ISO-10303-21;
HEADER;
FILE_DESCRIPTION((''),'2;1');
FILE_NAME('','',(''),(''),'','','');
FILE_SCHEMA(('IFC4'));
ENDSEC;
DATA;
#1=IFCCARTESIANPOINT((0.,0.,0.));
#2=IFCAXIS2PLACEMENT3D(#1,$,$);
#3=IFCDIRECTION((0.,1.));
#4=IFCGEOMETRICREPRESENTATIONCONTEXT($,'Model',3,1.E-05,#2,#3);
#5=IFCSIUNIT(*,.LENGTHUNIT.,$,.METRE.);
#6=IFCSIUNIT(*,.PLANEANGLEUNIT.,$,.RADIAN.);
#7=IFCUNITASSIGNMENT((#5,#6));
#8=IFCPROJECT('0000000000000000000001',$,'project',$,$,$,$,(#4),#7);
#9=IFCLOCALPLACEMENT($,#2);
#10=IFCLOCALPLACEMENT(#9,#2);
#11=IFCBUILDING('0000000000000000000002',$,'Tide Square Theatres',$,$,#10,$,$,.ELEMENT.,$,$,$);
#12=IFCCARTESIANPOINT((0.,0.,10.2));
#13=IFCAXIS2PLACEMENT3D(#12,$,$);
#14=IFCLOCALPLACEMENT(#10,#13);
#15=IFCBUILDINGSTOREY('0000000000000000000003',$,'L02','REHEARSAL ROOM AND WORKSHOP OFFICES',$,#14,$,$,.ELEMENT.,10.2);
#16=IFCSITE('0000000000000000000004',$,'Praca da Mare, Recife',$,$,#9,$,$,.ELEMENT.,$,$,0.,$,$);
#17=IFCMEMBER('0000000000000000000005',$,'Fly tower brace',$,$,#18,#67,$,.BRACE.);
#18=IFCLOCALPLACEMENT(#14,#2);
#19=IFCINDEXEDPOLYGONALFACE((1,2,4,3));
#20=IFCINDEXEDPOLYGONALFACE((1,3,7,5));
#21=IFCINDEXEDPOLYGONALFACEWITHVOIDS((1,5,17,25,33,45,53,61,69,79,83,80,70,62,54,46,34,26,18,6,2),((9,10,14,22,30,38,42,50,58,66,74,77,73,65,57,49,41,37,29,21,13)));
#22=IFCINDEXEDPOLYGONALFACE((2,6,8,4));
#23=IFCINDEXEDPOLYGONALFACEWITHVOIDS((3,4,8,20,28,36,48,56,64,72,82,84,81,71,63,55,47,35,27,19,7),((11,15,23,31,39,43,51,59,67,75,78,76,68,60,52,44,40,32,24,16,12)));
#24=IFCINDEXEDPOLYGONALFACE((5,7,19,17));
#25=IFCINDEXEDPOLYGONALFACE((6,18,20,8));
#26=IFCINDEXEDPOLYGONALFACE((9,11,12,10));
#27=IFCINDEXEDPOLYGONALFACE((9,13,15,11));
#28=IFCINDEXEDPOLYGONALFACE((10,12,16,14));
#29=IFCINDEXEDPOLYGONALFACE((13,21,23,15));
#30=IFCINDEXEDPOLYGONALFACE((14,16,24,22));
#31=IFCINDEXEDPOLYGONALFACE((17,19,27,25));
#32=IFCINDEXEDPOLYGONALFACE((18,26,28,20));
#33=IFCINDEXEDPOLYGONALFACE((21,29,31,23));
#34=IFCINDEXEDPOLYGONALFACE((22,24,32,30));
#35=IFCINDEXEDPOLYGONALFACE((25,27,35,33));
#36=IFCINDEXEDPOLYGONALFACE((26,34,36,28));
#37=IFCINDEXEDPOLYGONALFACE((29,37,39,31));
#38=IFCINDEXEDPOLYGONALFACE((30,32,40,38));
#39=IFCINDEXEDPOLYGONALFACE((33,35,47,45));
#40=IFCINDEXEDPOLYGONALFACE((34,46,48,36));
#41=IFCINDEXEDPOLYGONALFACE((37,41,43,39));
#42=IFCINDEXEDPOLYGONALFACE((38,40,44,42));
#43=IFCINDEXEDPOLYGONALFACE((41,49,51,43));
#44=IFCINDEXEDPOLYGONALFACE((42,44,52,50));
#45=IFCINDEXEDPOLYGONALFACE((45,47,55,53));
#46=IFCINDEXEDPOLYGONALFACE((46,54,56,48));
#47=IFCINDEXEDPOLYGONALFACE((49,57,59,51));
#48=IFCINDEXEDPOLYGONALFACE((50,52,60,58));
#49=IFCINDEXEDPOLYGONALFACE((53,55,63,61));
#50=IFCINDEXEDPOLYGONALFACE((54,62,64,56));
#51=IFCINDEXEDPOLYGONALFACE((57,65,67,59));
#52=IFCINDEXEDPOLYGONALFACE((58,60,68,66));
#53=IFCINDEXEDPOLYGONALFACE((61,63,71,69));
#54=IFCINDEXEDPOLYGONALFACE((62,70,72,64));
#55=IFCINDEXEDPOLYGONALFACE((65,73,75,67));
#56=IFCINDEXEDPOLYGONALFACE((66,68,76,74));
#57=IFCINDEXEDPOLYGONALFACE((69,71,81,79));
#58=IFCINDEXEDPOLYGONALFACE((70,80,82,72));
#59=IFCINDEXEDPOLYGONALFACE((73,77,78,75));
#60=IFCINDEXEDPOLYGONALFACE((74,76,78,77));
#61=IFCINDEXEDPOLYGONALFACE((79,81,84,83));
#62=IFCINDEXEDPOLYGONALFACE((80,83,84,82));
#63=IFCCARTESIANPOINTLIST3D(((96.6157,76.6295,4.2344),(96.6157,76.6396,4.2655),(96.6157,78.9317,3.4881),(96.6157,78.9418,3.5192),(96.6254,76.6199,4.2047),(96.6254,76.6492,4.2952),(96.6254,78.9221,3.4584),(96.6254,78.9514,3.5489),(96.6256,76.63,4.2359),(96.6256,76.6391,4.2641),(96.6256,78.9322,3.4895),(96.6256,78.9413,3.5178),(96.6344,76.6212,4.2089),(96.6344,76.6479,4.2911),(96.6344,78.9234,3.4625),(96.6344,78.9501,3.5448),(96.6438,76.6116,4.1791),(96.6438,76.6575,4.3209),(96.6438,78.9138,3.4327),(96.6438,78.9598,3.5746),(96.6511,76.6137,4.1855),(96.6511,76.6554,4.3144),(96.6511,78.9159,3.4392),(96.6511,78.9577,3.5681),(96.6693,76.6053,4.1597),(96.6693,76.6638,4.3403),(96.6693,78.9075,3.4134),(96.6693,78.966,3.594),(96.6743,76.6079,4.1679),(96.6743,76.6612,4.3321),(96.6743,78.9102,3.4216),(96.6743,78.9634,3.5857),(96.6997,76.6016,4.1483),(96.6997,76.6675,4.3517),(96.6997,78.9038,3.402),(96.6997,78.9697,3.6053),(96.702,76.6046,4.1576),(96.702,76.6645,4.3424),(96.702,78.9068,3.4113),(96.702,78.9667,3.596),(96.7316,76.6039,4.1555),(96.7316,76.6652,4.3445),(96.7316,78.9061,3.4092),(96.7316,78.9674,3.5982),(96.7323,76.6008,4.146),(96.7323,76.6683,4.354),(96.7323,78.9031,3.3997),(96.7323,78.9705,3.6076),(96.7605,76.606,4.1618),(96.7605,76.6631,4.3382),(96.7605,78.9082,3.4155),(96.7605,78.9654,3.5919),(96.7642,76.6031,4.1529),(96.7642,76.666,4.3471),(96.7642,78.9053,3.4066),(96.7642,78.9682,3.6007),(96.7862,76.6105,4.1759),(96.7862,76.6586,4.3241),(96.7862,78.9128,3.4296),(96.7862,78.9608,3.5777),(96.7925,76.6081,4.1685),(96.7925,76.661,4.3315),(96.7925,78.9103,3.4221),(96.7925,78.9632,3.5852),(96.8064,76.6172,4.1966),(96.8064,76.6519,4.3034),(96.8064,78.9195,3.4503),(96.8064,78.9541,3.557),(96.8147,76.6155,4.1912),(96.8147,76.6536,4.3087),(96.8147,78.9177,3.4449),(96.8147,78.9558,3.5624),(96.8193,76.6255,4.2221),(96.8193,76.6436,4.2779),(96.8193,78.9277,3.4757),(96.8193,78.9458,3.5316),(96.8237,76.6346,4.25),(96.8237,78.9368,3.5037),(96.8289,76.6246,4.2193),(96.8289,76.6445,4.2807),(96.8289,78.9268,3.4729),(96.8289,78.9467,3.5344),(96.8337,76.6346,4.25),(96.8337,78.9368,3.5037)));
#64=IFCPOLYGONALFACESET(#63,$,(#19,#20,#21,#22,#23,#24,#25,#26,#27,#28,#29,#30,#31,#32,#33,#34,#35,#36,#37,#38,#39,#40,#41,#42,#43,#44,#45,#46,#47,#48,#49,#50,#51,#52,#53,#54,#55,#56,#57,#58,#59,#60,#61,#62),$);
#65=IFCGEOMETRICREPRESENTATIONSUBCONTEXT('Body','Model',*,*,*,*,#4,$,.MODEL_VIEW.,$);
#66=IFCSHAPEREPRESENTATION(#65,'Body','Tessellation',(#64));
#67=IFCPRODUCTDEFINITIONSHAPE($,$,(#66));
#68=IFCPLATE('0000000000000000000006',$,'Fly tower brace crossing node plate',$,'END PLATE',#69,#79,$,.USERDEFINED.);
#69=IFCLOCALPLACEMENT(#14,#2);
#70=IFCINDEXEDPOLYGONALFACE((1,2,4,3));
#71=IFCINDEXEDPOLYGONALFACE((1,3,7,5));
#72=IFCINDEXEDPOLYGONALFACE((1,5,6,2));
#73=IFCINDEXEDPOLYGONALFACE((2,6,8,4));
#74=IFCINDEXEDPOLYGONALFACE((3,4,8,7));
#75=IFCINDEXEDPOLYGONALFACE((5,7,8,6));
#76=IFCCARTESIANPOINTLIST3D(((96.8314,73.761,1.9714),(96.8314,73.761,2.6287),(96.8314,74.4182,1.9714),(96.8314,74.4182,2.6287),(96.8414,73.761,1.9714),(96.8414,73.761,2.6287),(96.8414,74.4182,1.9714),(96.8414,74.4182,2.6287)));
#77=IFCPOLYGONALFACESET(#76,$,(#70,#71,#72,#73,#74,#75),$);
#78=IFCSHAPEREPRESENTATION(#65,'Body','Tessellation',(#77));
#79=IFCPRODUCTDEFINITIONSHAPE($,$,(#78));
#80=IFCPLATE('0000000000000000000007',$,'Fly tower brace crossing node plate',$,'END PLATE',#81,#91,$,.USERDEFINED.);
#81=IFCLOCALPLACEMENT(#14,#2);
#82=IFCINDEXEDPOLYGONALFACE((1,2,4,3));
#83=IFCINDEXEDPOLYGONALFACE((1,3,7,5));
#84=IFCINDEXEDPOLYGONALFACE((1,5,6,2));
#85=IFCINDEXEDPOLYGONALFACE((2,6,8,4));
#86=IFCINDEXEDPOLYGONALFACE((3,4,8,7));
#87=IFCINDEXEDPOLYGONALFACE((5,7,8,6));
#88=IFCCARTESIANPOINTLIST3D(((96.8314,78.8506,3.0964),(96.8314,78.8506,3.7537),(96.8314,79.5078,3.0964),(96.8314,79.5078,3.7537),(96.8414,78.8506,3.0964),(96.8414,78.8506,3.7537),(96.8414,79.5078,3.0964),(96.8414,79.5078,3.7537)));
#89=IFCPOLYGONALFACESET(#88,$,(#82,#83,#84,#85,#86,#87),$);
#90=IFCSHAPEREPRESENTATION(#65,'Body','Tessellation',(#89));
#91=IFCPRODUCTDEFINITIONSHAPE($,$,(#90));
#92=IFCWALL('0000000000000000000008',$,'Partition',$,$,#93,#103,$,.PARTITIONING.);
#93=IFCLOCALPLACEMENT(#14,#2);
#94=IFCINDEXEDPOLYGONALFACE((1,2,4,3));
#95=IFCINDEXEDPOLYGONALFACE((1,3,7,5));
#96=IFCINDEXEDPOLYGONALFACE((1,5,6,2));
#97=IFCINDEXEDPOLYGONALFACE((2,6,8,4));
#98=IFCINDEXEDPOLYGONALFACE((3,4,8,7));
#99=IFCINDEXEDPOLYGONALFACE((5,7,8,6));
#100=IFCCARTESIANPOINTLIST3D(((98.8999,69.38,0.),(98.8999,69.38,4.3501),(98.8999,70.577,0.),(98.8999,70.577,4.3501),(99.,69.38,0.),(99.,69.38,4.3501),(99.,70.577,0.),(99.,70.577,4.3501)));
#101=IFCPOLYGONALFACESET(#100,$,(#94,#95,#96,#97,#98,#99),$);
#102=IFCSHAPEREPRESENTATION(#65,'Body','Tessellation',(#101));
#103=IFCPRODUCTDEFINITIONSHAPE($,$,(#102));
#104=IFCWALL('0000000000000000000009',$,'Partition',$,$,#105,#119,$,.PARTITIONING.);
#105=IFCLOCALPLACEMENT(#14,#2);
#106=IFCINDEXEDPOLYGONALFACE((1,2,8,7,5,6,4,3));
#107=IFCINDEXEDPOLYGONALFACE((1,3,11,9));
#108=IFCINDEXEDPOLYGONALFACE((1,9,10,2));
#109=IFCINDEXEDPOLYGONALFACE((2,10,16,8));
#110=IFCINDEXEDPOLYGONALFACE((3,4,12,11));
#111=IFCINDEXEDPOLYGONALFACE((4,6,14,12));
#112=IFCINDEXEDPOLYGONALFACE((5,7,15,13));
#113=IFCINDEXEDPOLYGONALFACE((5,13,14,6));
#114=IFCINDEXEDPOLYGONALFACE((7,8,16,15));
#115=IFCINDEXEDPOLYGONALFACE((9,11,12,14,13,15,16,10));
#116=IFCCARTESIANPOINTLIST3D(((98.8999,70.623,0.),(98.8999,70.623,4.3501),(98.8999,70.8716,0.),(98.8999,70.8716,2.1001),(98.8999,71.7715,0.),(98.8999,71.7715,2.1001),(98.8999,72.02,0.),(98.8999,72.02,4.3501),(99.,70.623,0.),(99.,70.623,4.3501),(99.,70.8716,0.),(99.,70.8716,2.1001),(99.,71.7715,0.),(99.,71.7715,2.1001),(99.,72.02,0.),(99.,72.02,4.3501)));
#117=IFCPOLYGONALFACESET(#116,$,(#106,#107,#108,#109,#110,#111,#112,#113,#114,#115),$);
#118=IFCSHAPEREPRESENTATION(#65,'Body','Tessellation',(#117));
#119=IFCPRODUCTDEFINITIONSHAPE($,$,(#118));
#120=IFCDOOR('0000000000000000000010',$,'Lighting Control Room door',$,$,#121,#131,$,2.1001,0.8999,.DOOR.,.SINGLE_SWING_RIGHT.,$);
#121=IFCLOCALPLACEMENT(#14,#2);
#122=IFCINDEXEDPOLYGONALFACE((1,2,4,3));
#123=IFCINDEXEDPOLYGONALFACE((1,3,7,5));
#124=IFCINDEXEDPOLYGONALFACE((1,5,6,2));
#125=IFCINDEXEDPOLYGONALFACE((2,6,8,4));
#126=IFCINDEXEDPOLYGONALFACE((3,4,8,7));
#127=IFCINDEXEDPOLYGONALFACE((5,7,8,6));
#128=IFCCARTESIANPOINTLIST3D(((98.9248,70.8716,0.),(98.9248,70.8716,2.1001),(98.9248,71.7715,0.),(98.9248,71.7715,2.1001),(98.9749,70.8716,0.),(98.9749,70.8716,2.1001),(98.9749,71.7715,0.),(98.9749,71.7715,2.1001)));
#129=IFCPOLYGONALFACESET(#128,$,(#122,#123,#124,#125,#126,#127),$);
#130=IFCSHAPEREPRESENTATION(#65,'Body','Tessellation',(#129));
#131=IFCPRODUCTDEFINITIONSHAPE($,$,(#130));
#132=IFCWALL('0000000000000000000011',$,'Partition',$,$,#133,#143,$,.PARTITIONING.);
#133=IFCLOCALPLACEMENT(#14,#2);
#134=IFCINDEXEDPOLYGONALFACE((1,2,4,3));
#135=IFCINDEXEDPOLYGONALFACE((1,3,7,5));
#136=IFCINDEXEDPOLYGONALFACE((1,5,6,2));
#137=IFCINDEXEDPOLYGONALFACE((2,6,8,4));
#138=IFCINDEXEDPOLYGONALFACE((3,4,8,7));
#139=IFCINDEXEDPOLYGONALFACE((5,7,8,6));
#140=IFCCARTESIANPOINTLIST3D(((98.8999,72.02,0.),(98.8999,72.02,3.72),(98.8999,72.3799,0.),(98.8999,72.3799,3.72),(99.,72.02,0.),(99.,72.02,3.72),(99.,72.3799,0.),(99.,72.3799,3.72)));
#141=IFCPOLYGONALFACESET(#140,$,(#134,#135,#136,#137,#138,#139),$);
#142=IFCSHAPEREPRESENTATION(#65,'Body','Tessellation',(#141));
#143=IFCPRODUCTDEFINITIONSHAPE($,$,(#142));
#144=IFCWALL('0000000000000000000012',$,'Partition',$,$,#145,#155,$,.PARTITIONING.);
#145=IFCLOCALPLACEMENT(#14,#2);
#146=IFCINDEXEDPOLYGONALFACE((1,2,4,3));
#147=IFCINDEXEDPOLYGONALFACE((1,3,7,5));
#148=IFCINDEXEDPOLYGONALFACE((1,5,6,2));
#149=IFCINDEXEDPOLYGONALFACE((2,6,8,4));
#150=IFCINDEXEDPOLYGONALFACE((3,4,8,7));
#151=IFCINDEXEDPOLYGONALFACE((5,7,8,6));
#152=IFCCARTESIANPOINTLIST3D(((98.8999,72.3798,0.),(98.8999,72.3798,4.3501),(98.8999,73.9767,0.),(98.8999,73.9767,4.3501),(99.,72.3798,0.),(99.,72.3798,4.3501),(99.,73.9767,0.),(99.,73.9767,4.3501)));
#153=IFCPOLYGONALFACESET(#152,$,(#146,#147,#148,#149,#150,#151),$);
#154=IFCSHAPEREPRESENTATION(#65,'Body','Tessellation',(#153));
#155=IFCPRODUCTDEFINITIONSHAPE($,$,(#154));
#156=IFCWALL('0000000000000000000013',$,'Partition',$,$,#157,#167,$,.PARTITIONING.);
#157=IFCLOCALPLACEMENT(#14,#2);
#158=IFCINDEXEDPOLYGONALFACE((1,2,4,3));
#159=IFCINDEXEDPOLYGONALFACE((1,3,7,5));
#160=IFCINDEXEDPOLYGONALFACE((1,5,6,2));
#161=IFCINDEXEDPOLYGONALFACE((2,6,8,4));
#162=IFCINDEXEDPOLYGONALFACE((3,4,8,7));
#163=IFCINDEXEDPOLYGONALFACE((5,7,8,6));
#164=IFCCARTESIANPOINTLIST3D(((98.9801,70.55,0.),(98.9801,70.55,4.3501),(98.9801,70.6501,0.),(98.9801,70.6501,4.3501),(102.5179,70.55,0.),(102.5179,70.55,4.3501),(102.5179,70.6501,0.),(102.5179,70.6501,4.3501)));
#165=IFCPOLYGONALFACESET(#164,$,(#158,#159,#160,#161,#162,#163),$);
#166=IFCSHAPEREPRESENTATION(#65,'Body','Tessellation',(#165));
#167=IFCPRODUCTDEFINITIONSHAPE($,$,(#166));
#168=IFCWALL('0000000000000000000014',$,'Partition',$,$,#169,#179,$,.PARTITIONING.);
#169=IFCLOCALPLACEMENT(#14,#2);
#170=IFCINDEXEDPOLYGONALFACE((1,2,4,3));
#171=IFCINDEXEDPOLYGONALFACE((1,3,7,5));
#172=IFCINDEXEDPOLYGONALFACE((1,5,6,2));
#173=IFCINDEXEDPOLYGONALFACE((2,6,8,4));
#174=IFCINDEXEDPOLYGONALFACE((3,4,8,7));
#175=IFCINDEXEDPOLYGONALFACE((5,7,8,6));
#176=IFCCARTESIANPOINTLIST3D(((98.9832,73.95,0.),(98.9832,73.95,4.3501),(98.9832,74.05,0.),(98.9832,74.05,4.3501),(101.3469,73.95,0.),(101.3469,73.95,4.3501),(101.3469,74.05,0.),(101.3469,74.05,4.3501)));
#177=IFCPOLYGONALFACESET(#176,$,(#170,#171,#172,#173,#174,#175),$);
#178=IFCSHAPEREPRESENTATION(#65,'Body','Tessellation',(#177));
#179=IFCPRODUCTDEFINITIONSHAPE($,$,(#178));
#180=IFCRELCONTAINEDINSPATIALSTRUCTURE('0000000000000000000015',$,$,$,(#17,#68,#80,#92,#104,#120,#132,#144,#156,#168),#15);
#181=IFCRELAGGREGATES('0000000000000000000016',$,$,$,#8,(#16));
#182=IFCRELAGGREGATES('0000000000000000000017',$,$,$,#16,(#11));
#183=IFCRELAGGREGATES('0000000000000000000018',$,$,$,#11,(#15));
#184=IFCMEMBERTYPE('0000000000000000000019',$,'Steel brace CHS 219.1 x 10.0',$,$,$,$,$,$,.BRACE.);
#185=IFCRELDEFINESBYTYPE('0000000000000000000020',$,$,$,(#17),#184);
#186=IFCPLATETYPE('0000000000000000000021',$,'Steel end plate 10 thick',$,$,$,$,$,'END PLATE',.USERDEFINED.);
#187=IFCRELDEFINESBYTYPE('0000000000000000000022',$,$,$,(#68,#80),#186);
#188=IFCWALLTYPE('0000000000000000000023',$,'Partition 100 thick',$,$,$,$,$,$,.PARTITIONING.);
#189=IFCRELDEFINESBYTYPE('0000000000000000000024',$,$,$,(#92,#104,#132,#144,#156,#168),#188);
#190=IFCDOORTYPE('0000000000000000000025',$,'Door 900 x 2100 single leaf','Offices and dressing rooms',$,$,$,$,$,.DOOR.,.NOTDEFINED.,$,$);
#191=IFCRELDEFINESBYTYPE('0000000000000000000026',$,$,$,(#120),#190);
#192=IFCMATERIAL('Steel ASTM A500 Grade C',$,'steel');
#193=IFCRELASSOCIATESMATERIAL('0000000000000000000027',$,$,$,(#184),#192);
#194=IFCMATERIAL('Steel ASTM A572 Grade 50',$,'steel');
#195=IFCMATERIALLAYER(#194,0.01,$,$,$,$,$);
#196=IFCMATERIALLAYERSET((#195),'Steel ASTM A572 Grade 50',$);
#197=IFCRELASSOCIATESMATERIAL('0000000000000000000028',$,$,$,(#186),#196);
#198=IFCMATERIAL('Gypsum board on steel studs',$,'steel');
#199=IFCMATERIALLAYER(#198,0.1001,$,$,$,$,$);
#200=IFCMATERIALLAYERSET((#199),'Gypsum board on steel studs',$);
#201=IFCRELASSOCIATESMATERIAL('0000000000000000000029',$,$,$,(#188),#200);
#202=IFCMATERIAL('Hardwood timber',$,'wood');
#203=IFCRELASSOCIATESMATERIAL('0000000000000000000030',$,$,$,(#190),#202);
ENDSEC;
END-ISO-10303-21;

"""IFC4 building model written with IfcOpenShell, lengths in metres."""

from ifc_helpers import new_model, si_unit, direction, frame, frame_2d, origin, origin_2d, place, context, subcontext, project, spatial, rectangle, hollow_circle, extrude, material, layer, layer_set, material_profile, profile_set, type_object, element, fill, save


model = new_model("IFC4")

# Units and contexts
model_context = context("Model", 3, precision=1e-05, world=origin(), true_north=direction((0.0, 1.0)))
body_context = subcontext(model_context, "Body", "Model", "MODEL_VIEW")
ifc_project = project(units=[si_unit("LENGTHUNIT", "METRE"), si_unit("PLANEANGLEUNIT", "RADIAN")], contexts=[model_context])

# Site, building, storey
site_placement = place(None, origin())
site = spatial("IfcSite", under=ifc_project, at=site_placement, Name="Praca da Mare, Recife", CompositionType="ELEMENT", RefElevation=0.0)
building_placement = place(site_placement, origin())
building = spatial("IfcBuilding", under=site, at=building_placement, Name="Tide Square Theatres", CompositionType="ELEMENT")
storey_placement = place(building_placement, frame((0.0, 0.0, 10.2)))
storey = spatial("IfcBuildingStorey", under=building, at=storey_placement, Name="L02", Description="REHEARSAL ROOM AND WORKSHOP OFFICES", CompositionType="ELEMENT", Elevation=10.2)

# Member
ifc_material_1 = material(Name="Steel ASTM A500 Grade C", Category="steel")
ifc_material_profile_1 = material_profile(ifc_material_1, hollow_circle(Radius=0.1096, WallThickness=0.01, at=origin_2d()))
ifc_profile_set_1 = profile_set([ifc_material_profile_1], Name="Steel ASTM A500 Grade C")
member_type = type_object("IfcMemberType", Name="Steel brace CHS 219.1 x 10.0", PredefinedType="BRACE", material=ifc_profile_set_1)
member_1_placement = place(storey_placement, frame((96.7241, 78.9368, 3.5037), z_axis=(0.0, -0.951264, 0.308379), x_axis=(1.0, 0.0, 0.0)))
element("IfcMember", 1, at=member_1_placement, inside=storey, type_object=member_type, Name="Fly tower brace", PredefinedType="BRACE", context=body_context, shape_type="SweptSolid", body=[
    extrude(hollow_circle(Radius=0.1096, WallThickness=0.01, at=origin_2d()), origin(), (0.0, 0.0, 1.0), 2.4202),
])

# Plates
ifc_material_2 = material(Name="Steel ASTM A572 Grade 50", Category="steel")
ifc_layer_1 = layer(ifc_material_2, 0.01)
ifc_layer_set_1 = layer_set([ifc_layer_1], Name="Steel ASTM A572 Grade 50")
plate_type = type_object("IfcPlateType", Name="Steel end plate 10 thick", ElementType="END PLATE", PredefinedType="USERDEFINED", material=ifc_layer_set_1)
for number, where, z_axis, x_axis, name in (
    (2, (96.8364, 74.0896, 1.9714), (0.0, 0.0, 1.0), (1.0, 0.0, 0.0), "Fly tower brace crossing node plate"),
    (3, (96.8364, 79.1792, 3.0964), (0.0, 0.0, 1.0), (1.0, 0.0, 0.0), "Fly tower brace crossing node plate"),
):
    element("IfcPlate", number, at=place(storey_placement, frame(where, z_axis=z_axis, x_axis=x_axis)), inside=storey, type_object=plate_type, Name=name, ObjectType="END PLATE", PredefinedType="USERDEFINED", context=body_context, shape_type="SweptSolid", body=[
        extrude(rectangle(XDim=0.01, YDim=0.6572, at=origin_2d()), origin(), (0.0, 0.0, 1.0), 0.6572),
    ])

# Wall
ifc_material_3 = material(Name="Gypsum board on steel studs", Category="steel")
ifc_layer_2 = layer(ifc_material_3, 0.1001)
ifc_layer_set_2 = layer_set([ifc_layer_2], Name="Gypsum board on steel studs")
wall_type_1 = type_object("IfcWallType", Name="Partition 100 thick", PredefinedType="PARTITIONING", material=ifc_layer_set_2)
wall_1_placement = place(storey_placement, frame((98.95, 69.3799, 0.0), z_axis=(0.0, 0.0, 1.0), x_axis=(0.0, 1.0, 0.0)))
element("IfcWall", 4, at=wall_1_placement, inside=storey, type_object=wall_type_1, Name="Partition", PredefinedType="PARTITIONING", context=body_context, shape_type="SweptSolid", body=[
    extrude(rectangle(XDim=1.197, YDim=0.1001, at=frame_2d((0.5986, 0.0))), origin(), (0.0, 0.0, 1.0), 4.3501),
])

# Wall, opening, door
wall_2_placement = place(storey_placement, frame((98.95, 70.623, 0.0), z_axis=(0.0, 0.0, 1.0), x_axis=(0.0, 1.0, 0.0)))
wall_2 = element("IfcWall", 5, at=wall_2_placement, inside=storey, type_object=wall_type_1, Name="Partition", PredefinedType="PARTITIONING", context=body_context, shape_type="SweptSolid", body=[
    extrude(rectangle(XDim=1.397, YDim=0.1001, at=frame_2d((0.6985, 0.0))), origin(), (0.0, 0.0, 1.0), 4.3501),
])
opening_1_placement = place(wall_2_placement, frame((0.2485, 0.0, 0.0)))
opening_1 = element("IfcOpeningElement", 6, at=opening_1_placement, cuts=wall_2, PredefinedType="OPENING", context=body_context, shape_type="SweptSolid", body=[
    extrude(rectangle(XDim=0.8999, YDim=2.1001, at=frame_2d((0.45, 1.05))), frame((0.0, 0.0601, 0.0), z_axis=(0.0, -1.0, 0.0), x_axis=(1.0, 0.0, 0.0)), (0.0, 0.0, 1.0), 0.1201),
])
ifc_material_4 = material(Name="Hardwood timber", Category="wood")
door_type = type_object("IfcDoorType", Name="Door 900 x 2100 single leaf", Description="Offices and dressing rooms", OperationType="NOTDEFINED", PredefinedType="DOOR", material=ifc_material_4)
door_placement = place(opening_1_placement, frame((0.8999, 0.0, 0.0), z_axis=(0.0, 0.0, 1.0), x_axis=(-1.0, 0.0, 0.0)))
door = element("IfcDoor", 7, at=door_placement, inside=storey, type_object=door_type, Name="Lighting Control Room door", OperationType="SINGLE_SWING_RIGHT", OverallHeight=2.1001, OverallWidth=0.8999, PredefinedType="DOOR", context=body_context, shape_type="SweptSolid", body=[
    extrude(rectangle(XDim=0.8999, YDim=2.1001, at=frame_2d((0.45, 1.05))), frame((0.0, 0.0249, 0.0), z_axis=(0.0, -1.0, 0.0), x_axis=(1.0, 0.0, 0.0)), (0.0, 0.0, 1.0), 0.05),
])
fill(opening_1, door)

# Walls
wall_3_placement = place(storey_placement, frame((98.95, 72.02, 0.0), z_axis=(0.0, 0.0, 1.0), x_axis=(0.0, 1.0, 0.0)))
element("IfcWall", 8, at=wall_3_placement, inside=storey, type_object=wall_type_1, Name="Partition", PredefinedType="PARTITIONING", context=body_context, shape_type="SweptSolid", body=[
    extrude(rectangle(XDim=0.3599, YDim=0.1001, at=frame_2d((0.1799, 0.0))), origin(), (0.0, 0.0, 1.0), 3.72),
])
wall_4_placement = place(storey_placement, frame((98.95, 72.3799, 0.0), z_axis=(0.0, 0.0, 1.0), x_axis=(0.0, 1.0, 0.0)))
element("IfcWall", 9, at=wall_4_placement, inside=storey, type_object=wall_type_1, Name="Partition", PredefinedType="PARTITIONING", context=body_context, shape_type="SweptSolid", body=[
    extrude(rectangle(XDim=1.5969, YDim=0.1001, at=frame_2d((0.7983, 0.0))), origin(), (0.0, 0.0, 1.0), 4.3501),
])
wall_5_placement = place(storey_placement, frame((98.98, 70.6001, 0.0), z_axis=(0.0, 0.0, 1.0), x_axis=(1.0, 0.0, 0.0)))
element("IfcWall", 10, at=wall_5_placement, inside=storey, type_object=wall_type_1, Name="Partition", PredefinedType="PARTITIONING", context=body_context, shape_type="SweptSolid", body=[
    extrude(rectangle(XDim=3.5378, YDim=0.1001, at=frame_2d((1.769, 0.0))), origin(), (0.0, 0.0, 1.0), 4.3501),
])
wall_6_placement = place(storey_placement, frame((98.9832, 74.0, 0.0), z_axis=(0.0, 0.0, 1.0), x_axis=(1.0, 0.0, 0.0)))
element("IfcWall", 11, at=wall_6_placement, inside=storey, type_object=wall_type_1, Name="Partition", PredefinedType="PARTITIONING", context=body_context, shape_type="SweptSolid", body=[
    extrude(rectangle(XDim=2.3638, YDim=0.1001, at=frame_2d((1.1819, 0.0))), origin(), (0.0, 0.0, 1.0), 4.3501),
])

save(model, "model.ifc")
